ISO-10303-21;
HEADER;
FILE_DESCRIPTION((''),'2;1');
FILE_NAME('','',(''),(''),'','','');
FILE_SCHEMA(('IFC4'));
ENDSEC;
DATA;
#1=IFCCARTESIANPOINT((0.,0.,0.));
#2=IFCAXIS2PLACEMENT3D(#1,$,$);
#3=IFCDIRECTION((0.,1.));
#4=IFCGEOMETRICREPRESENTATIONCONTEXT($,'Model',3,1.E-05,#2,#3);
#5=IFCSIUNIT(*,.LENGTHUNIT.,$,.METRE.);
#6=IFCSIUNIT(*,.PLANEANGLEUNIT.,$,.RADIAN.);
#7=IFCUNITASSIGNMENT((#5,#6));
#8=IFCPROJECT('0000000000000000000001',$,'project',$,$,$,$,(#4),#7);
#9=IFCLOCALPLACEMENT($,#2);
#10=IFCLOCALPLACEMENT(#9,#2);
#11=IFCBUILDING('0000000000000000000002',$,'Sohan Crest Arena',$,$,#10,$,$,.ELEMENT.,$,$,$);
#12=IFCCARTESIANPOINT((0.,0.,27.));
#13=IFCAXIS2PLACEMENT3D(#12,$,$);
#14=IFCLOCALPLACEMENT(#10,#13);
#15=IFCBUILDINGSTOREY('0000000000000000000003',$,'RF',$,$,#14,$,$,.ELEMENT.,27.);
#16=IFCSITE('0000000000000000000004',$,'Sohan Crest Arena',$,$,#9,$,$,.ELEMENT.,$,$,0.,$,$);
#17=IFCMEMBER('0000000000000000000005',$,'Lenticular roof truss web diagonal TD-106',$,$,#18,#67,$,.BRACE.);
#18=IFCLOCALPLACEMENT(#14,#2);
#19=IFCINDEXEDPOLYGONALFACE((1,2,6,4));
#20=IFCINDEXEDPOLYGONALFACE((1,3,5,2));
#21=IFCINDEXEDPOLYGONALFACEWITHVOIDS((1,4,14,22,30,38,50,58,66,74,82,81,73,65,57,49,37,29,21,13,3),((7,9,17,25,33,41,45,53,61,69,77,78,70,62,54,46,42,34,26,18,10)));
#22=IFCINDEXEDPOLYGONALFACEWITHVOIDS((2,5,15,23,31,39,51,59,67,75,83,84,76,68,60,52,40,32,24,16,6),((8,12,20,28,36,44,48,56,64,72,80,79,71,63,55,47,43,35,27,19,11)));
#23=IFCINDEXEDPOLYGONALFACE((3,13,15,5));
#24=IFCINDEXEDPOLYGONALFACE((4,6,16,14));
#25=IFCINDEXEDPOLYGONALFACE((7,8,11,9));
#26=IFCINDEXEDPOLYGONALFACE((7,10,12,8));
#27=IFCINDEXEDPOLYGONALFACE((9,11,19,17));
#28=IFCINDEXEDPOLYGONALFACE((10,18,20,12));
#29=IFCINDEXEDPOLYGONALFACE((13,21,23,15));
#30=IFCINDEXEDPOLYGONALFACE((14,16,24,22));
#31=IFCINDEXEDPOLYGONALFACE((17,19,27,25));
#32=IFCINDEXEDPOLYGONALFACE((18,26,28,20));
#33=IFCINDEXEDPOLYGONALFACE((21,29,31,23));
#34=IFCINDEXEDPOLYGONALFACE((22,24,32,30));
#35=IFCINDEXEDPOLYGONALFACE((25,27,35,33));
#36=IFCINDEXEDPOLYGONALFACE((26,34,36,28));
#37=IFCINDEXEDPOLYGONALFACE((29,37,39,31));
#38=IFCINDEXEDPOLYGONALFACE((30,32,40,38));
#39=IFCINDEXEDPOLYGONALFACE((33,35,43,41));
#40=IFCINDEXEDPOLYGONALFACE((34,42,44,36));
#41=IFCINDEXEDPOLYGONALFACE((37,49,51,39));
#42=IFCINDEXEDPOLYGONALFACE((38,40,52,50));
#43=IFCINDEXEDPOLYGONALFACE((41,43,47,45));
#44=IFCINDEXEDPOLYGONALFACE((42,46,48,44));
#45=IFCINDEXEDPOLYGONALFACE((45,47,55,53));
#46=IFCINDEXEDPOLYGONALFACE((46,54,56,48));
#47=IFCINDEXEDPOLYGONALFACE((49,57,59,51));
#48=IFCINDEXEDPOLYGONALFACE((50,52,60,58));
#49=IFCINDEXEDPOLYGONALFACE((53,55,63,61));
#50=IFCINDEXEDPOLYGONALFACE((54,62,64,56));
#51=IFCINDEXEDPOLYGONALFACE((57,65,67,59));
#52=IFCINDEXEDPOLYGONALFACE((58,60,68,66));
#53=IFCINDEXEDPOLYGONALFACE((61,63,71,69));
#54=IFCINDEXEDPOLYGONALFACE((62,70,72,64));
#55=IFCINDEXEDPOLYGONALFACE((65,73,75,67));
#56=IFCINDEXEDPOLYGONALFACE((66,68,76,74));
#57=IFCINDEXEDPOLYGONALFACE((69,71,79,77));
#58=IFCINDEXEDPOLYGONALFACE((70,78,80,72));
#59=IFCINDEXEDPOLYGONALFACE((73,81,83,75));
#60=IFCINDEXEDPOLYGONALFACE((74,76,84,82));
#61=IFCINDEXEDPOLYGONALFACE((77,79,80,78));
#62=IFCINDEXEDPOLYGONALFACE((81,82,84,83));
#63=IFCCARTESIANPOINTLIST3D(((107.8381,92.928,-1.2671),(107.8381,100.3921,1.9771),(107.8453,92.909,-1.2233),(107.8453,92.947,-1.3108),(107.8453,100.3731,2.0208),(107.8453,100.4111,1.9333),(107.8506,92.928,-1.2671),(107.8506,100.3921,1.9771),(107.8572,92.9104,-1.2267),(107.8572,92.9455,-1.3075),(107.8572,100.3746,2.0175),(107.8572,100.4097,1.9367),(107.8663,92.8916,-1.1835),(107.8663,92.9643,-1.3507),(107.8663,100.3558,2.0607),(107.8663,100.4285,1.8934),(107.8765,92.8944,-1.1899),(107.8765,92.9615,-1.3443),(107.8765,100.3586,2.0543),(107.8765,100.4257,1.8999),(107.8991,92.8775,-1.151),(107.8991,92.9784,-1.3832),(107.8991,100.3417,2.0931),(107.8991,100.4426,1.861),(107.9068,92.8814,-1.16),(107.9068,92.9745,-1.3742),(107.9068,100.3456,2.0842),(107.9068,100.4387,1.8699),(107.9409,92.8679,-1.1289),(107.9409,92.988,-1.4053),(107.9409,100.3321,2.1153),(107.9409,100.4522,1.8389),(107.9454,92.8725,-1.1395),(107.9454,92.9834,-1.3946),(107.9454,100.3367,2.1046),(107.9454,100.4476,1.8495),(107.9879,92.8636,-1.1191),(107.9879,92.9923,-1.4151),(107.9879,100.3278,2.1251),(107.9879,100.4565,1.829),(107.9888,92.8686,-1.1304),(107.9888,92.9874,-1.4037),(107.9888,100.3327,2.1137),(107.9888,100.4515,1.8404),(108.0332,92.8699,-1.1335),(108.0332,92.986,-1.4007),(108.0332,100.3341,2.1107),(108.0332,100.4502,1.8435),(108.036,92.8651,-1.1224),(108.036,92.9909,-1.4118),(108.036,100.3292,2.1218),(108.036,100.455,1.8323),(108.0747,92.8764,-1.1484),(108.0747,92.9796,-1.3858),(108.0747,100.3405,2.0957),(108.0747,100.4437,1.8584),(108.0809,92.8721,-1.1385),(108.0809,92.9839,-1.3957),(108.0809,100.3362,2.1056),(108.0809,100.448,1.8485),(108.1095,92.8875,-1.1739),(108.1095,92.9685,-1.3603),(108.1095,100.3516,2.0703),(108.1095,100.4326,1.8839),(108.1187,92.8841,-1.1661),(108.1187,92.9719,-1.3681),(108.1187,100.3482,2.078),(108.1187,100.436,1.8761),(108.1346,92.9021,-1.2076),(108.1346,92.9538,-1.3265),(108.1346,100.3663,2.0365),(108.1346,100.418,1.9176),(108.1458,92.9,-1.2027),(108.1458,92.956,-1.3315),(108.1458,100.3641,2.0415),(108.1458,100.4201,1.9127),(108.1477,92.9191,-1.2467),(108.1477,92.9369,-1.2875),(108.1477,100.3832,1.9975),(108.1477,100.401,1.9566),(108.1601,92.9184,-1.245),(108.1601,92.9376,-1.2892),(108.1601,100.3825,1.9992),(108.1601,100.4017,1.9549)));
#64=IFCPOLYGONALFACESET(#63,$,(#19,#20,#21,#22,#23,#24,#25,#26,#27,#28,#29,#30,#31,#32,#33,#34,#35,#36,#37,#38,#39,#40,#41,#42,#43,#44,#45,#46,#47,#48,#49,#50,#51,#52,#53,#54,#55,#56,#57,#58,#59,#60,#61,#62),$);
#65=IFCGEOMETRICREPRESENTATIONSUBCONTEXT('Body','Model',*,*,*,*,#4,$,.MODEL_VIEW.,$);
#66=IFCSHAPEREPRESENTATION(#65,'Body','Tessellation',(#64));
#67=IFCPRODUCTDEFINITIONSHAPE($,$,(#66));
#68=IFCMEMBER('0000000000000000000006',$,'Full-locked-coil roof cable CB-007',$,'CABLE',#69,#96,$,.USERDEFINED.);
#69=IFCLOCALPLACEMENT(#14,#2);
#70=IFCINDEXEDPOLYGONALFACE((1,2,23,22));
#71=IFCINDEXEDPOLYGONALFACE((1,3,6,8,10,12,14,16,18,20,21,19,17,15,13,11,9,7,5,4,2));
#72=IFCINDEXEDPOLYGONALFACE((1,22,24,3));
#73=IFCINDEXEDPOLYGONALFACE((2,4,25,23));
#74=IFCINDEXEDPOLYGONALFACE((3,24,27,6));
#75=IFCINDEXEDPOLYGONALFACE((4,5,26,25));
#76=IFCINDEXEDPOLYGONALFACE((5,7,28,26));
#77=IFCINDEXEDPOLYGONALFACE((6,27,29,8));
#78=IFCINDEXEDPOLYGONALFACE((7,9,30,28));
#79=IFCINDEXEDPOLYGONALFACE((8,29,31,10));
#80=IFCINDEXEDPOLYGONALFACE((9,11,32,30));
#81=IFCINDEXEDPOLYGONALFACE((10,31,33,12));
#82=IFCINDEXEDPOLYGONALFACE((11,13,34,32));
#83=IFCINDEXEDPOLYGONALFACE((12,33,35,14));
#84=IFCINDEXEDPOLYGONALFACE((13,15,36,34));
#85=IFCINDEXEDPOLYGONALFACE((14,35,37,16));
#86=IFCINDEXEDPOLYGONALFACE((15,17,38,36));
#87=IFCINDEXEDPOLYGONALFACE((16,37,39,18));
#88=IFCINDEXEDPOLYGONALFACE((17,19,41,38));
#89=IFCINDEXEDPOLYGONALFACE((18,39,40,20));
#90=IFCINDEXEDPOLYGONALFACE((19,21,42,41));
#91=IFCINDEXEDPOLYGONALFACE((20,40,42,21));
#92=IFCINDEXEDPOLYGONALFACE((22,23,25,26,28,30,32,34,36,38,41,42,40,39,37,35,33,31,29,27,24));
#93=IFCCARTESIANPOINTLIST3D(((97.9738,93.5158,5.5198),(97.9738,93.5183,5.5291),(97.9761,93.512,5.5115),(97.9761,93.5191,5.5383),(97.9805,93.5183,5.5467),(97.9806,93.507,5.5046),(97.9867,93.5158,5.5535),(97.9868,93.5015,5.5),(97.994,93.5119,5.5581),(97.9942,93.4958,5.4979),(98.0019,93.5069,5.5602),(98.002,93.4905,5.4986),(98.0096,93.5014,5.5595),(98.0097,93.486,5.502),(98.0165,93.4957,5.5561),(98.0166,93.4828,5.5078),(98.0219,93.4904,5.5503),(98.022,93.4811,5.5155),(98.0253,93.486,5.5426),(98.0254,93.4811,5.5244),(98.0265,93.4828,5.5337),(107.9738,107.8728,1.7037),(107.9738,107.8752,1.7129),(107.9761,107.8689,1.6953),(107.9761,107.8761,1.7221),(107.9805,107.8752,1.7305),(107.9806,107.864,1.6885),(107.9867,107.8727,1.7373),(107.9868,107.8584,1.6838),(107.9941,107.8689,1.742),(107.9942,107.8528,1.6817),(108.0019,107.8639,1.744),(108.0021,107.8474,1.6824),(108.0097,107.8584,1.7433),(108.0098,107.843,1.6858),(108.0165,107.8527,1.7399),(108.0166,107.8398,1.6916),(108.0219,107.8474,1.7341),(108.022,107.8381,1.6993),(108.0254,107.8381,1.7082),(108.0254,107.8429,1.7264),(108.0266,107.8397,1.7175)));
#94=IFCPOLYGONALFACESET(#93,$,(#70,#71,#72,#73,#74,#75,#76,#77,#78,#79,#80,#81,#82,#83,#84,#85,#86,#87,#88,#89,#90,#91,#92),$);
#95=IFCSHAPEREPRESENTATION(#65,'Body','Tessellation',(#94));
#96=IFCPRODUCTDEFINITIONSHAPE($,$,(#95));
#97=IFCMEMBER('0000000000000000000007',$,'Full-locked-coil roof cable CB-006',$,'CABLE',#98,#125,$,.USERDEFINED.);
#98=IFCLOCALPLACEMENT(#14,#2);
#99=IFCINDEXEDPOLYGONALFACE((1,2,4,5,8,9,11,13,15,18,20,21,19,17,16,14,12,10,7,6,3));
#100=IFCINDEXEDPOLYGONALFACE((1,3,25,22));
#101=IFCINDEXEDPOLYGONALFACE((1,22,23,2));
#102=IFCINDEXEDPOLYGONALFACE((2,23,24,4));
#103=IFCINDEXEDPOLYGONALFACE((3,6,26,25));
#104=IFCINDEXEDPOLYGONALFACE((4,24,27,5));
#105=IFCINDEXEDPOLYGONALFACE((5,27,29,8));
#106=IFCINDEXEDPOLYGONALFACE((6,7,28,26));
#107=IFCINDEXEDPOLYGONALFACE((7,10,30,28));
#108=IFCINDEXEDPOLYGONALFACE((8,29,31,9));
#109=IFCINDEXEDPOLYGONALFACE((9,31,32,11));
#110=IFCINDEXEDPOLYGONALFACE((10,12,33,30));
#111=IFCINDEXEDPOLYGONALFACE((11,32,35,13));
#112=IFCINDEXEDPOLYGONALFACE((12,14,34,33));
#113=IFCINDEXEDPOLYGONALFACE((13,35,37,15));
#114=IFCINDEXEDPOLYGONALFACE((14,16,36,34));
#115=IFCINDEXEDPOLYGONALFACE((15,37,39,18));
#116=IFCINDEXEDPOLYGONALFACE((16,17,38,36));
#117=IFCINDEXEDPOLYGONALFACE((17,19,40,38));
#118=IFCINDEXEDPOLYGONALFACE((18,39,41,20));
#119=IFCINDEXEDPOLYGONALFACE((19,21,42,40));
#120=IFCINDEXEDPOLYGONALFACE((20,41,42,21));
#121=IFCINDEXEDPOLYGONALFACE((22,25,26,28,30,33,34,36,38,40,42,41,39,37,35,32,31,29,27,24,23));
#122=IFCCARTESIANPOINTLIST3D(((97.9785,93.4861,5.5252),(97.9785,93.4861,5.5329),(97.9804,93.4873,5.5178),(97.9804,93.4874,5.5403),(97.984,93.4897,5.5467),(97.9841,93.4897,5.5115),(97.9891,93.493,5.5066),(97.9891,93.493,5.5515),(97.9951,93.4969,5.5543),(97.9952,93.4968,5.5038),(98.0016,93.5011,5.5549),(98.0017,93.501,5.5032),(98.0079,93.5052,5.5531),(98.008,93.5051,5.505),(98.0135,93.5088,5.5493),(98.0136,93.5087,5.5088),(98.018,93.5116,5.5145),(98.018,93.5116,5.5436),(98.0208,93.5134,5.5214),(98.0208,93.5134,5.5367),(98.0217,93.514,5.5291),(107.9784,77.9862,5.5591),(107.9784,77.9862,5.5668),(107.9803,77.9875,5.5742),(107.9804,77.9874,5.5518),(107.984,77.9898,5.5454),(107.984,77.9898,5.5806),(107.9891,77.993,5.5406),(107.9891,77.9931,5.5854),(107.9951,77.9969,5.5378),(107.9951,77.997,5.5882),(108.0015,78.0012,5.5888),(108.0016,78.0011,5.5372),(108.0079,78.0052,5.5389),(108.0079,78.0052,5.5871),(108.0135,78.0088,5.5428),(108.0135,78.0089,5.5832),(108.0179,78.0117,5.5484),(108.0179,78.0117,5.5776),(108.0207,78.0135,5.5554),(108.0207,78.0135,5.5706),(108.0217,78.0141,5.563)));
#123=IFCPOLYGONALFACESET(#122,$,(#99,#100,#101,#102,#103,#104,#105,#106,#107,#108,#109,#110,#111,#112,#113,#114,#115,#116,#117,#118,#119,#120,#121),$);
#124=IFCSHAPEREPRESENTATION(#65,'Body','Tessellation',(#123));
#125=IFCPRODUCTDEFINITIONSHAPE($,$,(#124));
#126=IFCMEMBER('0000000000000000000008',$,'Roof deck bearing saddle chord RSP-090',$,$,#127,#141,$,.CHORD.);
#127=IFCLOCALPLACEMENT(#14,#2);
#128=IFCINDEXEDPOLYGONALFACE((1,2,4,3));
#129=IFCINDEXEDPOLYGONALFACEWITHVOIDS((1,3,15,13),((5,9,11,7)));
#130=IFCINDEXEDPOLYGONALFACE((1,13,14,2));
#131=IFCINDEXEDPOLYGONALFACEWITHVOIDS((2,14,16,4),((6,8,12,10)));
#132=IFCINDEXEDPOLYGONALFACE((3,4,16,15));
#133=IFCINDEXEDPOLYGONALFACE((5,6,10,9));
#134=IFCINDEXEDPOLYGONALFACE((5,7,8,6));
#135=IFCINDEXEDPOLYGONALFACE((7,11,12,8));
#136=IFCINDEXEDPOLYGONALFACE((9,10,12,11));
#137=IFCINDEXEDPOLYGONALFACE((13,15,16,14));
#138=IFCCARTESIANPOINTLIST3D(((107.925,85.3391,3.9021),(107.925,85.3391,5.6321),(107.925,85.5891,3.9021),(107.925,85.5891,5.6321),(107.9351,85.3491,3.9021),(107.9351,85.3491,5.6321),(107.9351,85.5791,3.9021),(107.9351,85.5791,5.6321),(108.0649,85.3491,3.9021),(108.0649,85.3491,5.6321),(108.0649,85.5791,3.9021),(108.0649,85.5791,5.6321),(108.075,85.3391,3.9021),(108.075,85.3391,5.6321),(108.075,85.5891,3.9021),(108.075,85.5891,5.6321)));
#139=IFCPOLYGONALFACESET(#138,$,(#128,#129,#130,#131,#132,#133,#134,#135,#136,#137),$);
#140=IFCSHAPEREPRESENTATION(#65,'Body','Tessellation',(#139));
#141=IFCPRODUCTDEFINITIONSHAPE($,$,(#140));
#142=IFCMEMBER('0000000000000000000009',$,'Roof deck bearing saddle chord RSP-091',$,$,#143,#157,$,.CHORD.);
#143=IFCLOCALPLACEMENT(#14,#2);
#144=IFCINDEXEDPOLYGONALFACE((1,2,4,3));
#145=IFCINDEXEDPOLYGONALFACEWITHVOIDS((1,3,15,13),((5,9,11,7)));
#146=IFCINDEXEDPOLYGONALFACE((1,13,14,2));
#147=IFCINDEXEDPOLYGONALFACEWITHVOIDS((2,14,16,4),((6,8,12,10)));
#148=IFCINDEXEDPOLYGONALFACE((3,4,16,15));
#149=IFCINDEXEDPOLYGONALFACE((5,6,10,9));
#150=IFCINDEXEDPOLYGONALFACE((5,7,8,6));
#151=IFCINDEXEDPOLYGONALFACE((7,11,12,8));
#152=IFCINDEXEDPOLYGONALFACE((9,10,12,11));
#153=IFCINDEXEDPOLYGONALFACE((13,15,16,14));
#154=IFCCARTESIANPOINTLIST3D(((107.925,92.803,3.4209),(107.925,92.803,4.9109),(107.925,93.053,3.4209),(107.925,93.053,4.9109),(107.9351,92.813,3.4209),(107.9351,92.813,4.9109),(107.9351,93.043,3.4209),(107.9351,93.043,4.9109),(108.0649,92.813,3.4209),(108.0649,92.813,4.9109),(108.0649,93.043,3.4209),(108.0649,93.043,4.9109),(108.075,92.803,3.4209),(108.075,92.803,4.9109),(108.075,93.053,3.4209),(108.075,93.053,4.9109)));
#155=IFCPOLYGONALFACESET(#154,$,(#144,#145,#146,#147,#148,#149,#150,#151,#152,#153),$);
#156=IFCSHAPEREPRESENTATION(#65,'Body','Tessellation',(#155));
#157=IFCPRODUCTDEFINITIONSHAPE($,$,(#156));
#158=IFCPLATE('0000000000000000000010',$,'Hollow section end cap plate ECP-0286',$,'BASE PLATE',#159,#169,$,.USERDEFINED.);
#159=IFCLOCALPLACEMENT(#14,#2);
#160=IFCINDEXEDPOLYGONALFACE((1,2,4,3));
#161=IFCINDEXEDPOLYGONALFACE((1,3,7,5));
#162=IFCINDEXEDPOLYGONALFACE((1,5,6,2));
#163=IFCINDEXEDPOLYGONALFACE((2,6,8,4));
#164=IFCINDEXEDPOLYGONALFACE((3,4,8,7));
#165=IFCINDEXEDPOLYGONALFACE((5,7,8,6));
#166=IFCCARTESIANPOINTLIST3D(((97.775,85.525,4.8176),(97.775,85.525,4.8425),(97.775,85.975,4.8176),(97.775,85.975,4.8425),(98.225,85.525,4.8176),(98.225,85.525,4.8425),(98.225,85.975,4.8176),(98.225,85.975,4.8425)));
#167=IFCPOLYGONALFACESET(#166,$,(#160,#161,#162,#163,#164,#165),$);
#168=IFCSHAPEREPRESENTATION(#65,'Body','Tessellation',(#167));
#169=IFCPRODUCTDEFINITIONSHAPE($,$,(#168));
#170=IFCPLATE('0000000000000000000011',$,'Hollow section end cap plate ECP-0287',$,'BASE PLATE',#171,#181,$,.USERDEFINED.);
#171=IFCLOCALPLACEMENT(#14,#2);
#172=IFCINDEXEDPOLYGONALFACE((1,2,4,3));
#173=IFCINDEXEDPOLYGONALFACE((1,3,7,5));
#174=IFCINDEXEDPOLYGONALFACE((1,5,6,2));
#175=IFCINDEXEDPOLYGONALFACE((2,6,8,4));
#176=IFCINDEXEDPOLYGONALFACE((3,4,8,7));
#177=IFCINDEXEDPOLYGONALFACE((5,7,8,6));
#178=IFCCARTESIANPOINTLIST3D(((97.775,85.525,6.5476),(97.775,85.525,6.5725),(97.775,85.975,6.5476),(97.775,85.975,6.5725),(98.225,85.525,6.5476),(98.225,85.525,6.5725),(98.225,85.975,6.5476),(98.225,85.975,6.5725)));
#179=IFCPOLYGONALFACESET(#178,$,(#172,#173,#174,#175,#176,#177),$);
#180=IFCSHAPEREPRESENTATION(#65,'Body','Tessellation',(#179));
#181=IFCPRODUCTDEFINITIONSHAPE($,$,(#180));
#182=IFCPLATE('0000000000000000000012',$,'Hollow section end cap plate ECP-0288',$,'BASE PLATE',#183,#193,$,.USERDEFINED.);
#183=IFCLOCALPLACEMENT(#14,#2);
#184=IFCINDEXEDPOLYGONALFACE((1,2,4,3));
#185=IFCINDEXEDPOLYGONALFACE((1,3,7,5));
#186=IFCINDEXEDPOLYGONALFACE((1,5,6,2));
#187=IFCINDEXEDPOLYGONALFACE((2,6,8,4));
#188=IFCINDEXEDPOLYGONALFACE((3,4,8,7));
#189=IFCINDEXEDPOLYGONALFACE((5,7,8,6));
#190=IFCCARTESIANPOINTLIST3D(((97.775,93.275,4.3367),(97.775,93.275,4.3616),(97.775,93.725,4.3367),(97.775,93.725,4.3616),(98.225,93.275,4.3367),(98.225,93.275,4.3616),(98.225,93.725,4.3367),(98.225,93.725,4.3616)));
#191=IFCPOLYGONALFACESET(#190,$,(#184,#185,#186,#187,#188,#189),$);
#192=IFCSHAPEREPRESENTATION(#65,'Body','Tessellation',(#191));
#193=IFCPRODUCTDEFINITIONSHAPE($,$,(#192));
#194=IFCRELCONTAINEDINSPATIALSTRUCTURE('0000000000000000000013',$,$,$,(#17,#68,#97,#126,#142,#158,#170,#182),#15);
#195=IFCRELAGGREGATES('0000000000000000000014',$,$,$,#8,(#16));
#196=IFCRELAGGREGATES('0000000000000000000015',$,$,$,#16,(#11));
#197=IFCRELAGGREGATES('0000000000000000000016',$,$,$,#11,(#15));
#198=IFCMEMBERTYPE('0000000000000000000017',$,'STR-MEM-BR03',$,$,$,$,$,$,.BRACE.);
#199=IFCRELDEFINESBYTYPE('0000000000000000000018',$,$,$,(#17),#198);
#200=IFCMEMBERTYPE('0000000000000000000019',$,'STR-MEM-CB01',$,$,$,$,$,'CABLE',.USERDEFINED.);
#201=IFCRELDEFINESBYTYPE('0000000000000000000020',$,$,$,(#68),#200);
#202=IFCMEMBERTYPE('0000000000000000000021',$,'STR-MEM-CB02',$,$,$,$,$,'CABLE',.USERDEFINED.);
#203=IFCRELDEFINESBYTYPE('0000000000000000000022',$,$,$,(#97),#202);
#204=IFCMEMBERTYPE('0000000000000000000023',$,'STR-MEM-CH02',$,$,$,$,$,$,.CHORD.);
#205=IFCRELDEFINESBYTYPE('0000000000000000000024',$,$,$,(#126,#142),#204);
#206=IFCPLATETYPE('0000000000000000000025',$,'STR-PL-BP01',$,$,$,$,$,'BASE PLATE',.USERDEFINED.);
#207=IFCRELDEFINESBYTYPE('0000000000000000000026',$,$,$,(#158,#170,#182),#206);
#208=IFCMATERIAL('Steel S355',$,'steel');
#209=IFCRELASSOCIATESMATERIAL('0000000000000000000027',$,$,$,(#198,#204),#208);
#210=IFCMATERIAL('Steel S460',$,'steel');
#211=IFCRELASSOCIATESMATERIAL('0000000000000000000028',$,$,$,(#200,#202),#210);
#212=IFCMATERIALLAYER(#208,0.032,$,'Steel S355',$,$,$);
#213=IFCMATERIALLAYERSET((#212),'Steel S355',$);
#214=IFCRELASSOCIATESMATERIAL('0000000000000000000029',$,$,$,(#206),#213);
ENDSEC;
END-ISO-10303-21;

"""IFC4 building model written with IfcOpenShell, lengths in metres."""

from ifc_helpers import new_model, si_unit, direction, frame, origin, origin_2d, place, context, subcontext, project, spatial, rectangle, hollow_rectangle, circle, hollow_circle, extrude, material, layer, layer_set, material_profile, profile_set, type_object, element, save


model = new_model("IFC4")

# Units and contexts
model_context = context("Model", 3, precision=1e-05, world=origin(), true_north=direction((0.0, 1.0)))
body_context = subcontext(model_context, "Body", "Model", "MODEL_VIEW")
ifc_project = project(units=[si_unit("LENGTHUNIT", "METRE"), si_unit("PLANEANGLEUNIT", "RADIAN")], contexts=[model_context])

# Site, building, storey
site_placement = place(None, origin())
site = spatial("IfcSite", under=ifc_project, at=site_placement, Name="Sohan Crest Arena", CompositionType="ELEMENT", RefElevation=0.0)
building_placement = place(site_placement, origin())
building = spatial("IfcBuilding", under=site, at=building_placement, Name="Sohan Crest Arena", CompositionType="ELEMENT")
storey_placement = place(building_placement, frame((0.0, 0.0, 27.0)))
storey = spatial("IfcBuildingStorey", under=building, at=storey_placement, Name="RF", CompositionType="ELEMENT", Elevation=27.0)

# Shared definitions
ifc_material_1 = material(Name="Steel S355", Category="steel")

# Members
ifc_material_profile_1 = material_profile(ifc_material_1, hollow_circle(Radius=0.1619, WallThickness=0.0125, at=origin_2d()), Name="CHS 323.9x12.5")
ifc_profile_set_1 = profile_set([ifc_material_profile_1], Name="Steel S355")
member_type_1 = type_object("IfcMemberType", Name="STR-MEM-BR03", PredefinedType="BRACE", material=ifc_profile_set_1)
member_1_placement = place(storey_placement, frame((108.0, 92.928, -1.2671), z_axis=(0.0, 0.917121, 0.39861), x_axis=(-1.0, 0.0, 0.0)))
element("IfcMember", 1, at=member_1_placement, inside=storey, type_object=member_type_1, Name="Lenticular roof truss web diagonal TD-106", PredefinedType="BRACE", context=body_context, shape_type="SweptSolid", body=[
    extrude(hollow_circle(Radius=0.1619, WallThickness=0.0125, at=origin_2d()), origin(), (0.0, 0.0, 1.0), 8.1387),
])
ifc_material_2 = material(Name="Steel S460", Category="steel")
ifc_material_profile_2 = material_profile(ifc_material_2, circle(Radius=0.032, at=origin_2d()), Name="FLC D64")
ifc_profile_set_2 = profile_set([ifc_material_profile_2], Name="Steel S460")
member_type_2 = type_object("IfcMemberType", Name="STR-MEM-CB01", ElementType="CABLE", PredefinedType="USERDEFINED", material=ifc_profile_set_2)
member_2_placement = place(storey_placement, frame((98.0, 93.5, 5.5291), z_axis=(0.55842, 0.80172, -0.213102), x_axis=(-0.820568, 0.571548, 0.0)))
element("IfcMember", 2, at=member_2_placement, inside=storey, type_object=member_type_2, Name="Full-locked-coil roof cable CB-007", ObjectType="CABLE", PredefinedType="USERDEFINED", context=body_context, shape_type="SweptSolid", body=[
    extrude(circle(Radius=0.032, at=origin_2d()), origin(), (0.0, 0.0, 1.0), 17.9077),
])
ifc_material_profile_3 = material_profile(ifc_material_2, circle(Radius=0.0259, at=origin_2d()), Name="FLC D52")
ifc_profile_set_3 = profile_set([ifc_material_profile_3], Name="Steel S460")
member_type_3 = type_object("IfcMemberType", Name="STR-MEM-CB02", ElementType="CABLE", PredefinedType="USERDEFINED", material=ifc_profile_set_3)
member_3_placement = place(storey_placement, frame((98.0, 93.5, 5.5291), z_axis=(0.542126, -0.840295, 0.00184), x_axis=(0.840297, 0.542127, 0.0)))
element("IfcMember", 3, at=member_3_placement, inside=storey, type_object=member_type_3, Name="Full-locked-coil roof cable CB-006", ObjectType="CABLE", PredefinedType="USERDEFINED", context=body_context, shape_type="SweptSolid", body=[
    extrude(circle(Radius=0.0259, at=origin_2d()), origin(), (0.0, 0.0, 1.0), 18.4458),
])
ifc_material_profile_4 = material_profile(ifc_material_1, hollow_rectangle(XDim=0.1499, YDim=0.25, WallThickness=0.01, at=origin_2d()), Name="RHS 250x150x10")
ifc_profile_set_4 = profile_set([ifc_material_profile_4], Name="Steel S355")
member_type_4 = type_object("IfcMemberType", Name="STR-MEM-CH02", PredefinedType="CHORD", material=ifc_profile_set_4)
member_4_placement = place(storey_placement, frame((108.0, 85.4641, 3.9021), z_axis=(0.0, 0.0, 1.0), x_axis=(1.0, 0.0, 0.0)))
element("IfcMember", 4, at=member_4_placement, inside=storey, type_object=member_type_4, Name="Roof deck bearing saddle chord RSP-090", PredefinedType="CHORD", context=body_context, shape_type="SweptSolid", body=[
    extrude(hollow_rectangle(XDim=0.1499, YDim=0.25, WallThickness=0.01, at=origin_2d()), origin(), (0.0, 0.0, 1.0), 1.73),
])
member_5_placement = place(storey_placement, frame((108.0, 92.928, 3.4209), z_axis=(0.0, 0.0, 1.0), x_axis=(1.0, 0.0, 0.0)))
element("IfcMember", 5, at=member_5_placement, inside=storey, type_object=member_type_4, Name="Roof deck bearing saddle chord RSP-091", PredefinedType="CHORD", context=body_context, shape_type="SweptSolid", body=[
    extrude(hollow_rectangle(XDim=0.1499, YDim=0.25, WallThickness=0.01, at=origin_2d()), origin(), (0.0, 0.0, 1.0), 1.49),
])

# Plates
ifc_layer = layer(ifc_material_1, 0.032, Name="Steel S355")
ifc_layer_set = layer_set([ifc_layer], Name="Steel S355")
plate_type = type_object("IfcPlateType", Name="STR-PL-BP01", ElementType="BASE PLATE", PredefinedType="USERDEFINED", material=ifc_layer_set)
for number, where, z_axis, x_axis, name in (
    (6, (98.0, 85.75, 4.8176), (0.0, 0.0, 1.0), (1.0, 0.0, 0.0), "Hollow section end cap plate ECP-0286"),
    (7, (98.0, 85.75, 6.5476), (0.0, 0.0, 1.0), (1.0, 0.0, 0.0), "Hollow section end cap plate ECP-0287"),
    (8, (98.0, 93.5, 4.3367), (0.0, 0.0, 1.0), (1.0, 0.0, 0.0), "Hollow section end cap plate ECP-0288"),
):
    element("IfcPlate", number, at=place(storey_placement, frame(where, z_axis=z_axis, x_axis=x_axis)), inside=storey, type_object=plate_type, Name=name, ObjectType="BASE PLATE", PredefinedType="USERDEFINED", context=body_context, shape_type="SweptSolid", body=[
        extrude(rectangle(XDim=0.45, YDim=0.45, at=origin_2d()), origin(), (0.0, 0.0, 1.0), 0.0249),
    ])

save(model, "model.ifc")
